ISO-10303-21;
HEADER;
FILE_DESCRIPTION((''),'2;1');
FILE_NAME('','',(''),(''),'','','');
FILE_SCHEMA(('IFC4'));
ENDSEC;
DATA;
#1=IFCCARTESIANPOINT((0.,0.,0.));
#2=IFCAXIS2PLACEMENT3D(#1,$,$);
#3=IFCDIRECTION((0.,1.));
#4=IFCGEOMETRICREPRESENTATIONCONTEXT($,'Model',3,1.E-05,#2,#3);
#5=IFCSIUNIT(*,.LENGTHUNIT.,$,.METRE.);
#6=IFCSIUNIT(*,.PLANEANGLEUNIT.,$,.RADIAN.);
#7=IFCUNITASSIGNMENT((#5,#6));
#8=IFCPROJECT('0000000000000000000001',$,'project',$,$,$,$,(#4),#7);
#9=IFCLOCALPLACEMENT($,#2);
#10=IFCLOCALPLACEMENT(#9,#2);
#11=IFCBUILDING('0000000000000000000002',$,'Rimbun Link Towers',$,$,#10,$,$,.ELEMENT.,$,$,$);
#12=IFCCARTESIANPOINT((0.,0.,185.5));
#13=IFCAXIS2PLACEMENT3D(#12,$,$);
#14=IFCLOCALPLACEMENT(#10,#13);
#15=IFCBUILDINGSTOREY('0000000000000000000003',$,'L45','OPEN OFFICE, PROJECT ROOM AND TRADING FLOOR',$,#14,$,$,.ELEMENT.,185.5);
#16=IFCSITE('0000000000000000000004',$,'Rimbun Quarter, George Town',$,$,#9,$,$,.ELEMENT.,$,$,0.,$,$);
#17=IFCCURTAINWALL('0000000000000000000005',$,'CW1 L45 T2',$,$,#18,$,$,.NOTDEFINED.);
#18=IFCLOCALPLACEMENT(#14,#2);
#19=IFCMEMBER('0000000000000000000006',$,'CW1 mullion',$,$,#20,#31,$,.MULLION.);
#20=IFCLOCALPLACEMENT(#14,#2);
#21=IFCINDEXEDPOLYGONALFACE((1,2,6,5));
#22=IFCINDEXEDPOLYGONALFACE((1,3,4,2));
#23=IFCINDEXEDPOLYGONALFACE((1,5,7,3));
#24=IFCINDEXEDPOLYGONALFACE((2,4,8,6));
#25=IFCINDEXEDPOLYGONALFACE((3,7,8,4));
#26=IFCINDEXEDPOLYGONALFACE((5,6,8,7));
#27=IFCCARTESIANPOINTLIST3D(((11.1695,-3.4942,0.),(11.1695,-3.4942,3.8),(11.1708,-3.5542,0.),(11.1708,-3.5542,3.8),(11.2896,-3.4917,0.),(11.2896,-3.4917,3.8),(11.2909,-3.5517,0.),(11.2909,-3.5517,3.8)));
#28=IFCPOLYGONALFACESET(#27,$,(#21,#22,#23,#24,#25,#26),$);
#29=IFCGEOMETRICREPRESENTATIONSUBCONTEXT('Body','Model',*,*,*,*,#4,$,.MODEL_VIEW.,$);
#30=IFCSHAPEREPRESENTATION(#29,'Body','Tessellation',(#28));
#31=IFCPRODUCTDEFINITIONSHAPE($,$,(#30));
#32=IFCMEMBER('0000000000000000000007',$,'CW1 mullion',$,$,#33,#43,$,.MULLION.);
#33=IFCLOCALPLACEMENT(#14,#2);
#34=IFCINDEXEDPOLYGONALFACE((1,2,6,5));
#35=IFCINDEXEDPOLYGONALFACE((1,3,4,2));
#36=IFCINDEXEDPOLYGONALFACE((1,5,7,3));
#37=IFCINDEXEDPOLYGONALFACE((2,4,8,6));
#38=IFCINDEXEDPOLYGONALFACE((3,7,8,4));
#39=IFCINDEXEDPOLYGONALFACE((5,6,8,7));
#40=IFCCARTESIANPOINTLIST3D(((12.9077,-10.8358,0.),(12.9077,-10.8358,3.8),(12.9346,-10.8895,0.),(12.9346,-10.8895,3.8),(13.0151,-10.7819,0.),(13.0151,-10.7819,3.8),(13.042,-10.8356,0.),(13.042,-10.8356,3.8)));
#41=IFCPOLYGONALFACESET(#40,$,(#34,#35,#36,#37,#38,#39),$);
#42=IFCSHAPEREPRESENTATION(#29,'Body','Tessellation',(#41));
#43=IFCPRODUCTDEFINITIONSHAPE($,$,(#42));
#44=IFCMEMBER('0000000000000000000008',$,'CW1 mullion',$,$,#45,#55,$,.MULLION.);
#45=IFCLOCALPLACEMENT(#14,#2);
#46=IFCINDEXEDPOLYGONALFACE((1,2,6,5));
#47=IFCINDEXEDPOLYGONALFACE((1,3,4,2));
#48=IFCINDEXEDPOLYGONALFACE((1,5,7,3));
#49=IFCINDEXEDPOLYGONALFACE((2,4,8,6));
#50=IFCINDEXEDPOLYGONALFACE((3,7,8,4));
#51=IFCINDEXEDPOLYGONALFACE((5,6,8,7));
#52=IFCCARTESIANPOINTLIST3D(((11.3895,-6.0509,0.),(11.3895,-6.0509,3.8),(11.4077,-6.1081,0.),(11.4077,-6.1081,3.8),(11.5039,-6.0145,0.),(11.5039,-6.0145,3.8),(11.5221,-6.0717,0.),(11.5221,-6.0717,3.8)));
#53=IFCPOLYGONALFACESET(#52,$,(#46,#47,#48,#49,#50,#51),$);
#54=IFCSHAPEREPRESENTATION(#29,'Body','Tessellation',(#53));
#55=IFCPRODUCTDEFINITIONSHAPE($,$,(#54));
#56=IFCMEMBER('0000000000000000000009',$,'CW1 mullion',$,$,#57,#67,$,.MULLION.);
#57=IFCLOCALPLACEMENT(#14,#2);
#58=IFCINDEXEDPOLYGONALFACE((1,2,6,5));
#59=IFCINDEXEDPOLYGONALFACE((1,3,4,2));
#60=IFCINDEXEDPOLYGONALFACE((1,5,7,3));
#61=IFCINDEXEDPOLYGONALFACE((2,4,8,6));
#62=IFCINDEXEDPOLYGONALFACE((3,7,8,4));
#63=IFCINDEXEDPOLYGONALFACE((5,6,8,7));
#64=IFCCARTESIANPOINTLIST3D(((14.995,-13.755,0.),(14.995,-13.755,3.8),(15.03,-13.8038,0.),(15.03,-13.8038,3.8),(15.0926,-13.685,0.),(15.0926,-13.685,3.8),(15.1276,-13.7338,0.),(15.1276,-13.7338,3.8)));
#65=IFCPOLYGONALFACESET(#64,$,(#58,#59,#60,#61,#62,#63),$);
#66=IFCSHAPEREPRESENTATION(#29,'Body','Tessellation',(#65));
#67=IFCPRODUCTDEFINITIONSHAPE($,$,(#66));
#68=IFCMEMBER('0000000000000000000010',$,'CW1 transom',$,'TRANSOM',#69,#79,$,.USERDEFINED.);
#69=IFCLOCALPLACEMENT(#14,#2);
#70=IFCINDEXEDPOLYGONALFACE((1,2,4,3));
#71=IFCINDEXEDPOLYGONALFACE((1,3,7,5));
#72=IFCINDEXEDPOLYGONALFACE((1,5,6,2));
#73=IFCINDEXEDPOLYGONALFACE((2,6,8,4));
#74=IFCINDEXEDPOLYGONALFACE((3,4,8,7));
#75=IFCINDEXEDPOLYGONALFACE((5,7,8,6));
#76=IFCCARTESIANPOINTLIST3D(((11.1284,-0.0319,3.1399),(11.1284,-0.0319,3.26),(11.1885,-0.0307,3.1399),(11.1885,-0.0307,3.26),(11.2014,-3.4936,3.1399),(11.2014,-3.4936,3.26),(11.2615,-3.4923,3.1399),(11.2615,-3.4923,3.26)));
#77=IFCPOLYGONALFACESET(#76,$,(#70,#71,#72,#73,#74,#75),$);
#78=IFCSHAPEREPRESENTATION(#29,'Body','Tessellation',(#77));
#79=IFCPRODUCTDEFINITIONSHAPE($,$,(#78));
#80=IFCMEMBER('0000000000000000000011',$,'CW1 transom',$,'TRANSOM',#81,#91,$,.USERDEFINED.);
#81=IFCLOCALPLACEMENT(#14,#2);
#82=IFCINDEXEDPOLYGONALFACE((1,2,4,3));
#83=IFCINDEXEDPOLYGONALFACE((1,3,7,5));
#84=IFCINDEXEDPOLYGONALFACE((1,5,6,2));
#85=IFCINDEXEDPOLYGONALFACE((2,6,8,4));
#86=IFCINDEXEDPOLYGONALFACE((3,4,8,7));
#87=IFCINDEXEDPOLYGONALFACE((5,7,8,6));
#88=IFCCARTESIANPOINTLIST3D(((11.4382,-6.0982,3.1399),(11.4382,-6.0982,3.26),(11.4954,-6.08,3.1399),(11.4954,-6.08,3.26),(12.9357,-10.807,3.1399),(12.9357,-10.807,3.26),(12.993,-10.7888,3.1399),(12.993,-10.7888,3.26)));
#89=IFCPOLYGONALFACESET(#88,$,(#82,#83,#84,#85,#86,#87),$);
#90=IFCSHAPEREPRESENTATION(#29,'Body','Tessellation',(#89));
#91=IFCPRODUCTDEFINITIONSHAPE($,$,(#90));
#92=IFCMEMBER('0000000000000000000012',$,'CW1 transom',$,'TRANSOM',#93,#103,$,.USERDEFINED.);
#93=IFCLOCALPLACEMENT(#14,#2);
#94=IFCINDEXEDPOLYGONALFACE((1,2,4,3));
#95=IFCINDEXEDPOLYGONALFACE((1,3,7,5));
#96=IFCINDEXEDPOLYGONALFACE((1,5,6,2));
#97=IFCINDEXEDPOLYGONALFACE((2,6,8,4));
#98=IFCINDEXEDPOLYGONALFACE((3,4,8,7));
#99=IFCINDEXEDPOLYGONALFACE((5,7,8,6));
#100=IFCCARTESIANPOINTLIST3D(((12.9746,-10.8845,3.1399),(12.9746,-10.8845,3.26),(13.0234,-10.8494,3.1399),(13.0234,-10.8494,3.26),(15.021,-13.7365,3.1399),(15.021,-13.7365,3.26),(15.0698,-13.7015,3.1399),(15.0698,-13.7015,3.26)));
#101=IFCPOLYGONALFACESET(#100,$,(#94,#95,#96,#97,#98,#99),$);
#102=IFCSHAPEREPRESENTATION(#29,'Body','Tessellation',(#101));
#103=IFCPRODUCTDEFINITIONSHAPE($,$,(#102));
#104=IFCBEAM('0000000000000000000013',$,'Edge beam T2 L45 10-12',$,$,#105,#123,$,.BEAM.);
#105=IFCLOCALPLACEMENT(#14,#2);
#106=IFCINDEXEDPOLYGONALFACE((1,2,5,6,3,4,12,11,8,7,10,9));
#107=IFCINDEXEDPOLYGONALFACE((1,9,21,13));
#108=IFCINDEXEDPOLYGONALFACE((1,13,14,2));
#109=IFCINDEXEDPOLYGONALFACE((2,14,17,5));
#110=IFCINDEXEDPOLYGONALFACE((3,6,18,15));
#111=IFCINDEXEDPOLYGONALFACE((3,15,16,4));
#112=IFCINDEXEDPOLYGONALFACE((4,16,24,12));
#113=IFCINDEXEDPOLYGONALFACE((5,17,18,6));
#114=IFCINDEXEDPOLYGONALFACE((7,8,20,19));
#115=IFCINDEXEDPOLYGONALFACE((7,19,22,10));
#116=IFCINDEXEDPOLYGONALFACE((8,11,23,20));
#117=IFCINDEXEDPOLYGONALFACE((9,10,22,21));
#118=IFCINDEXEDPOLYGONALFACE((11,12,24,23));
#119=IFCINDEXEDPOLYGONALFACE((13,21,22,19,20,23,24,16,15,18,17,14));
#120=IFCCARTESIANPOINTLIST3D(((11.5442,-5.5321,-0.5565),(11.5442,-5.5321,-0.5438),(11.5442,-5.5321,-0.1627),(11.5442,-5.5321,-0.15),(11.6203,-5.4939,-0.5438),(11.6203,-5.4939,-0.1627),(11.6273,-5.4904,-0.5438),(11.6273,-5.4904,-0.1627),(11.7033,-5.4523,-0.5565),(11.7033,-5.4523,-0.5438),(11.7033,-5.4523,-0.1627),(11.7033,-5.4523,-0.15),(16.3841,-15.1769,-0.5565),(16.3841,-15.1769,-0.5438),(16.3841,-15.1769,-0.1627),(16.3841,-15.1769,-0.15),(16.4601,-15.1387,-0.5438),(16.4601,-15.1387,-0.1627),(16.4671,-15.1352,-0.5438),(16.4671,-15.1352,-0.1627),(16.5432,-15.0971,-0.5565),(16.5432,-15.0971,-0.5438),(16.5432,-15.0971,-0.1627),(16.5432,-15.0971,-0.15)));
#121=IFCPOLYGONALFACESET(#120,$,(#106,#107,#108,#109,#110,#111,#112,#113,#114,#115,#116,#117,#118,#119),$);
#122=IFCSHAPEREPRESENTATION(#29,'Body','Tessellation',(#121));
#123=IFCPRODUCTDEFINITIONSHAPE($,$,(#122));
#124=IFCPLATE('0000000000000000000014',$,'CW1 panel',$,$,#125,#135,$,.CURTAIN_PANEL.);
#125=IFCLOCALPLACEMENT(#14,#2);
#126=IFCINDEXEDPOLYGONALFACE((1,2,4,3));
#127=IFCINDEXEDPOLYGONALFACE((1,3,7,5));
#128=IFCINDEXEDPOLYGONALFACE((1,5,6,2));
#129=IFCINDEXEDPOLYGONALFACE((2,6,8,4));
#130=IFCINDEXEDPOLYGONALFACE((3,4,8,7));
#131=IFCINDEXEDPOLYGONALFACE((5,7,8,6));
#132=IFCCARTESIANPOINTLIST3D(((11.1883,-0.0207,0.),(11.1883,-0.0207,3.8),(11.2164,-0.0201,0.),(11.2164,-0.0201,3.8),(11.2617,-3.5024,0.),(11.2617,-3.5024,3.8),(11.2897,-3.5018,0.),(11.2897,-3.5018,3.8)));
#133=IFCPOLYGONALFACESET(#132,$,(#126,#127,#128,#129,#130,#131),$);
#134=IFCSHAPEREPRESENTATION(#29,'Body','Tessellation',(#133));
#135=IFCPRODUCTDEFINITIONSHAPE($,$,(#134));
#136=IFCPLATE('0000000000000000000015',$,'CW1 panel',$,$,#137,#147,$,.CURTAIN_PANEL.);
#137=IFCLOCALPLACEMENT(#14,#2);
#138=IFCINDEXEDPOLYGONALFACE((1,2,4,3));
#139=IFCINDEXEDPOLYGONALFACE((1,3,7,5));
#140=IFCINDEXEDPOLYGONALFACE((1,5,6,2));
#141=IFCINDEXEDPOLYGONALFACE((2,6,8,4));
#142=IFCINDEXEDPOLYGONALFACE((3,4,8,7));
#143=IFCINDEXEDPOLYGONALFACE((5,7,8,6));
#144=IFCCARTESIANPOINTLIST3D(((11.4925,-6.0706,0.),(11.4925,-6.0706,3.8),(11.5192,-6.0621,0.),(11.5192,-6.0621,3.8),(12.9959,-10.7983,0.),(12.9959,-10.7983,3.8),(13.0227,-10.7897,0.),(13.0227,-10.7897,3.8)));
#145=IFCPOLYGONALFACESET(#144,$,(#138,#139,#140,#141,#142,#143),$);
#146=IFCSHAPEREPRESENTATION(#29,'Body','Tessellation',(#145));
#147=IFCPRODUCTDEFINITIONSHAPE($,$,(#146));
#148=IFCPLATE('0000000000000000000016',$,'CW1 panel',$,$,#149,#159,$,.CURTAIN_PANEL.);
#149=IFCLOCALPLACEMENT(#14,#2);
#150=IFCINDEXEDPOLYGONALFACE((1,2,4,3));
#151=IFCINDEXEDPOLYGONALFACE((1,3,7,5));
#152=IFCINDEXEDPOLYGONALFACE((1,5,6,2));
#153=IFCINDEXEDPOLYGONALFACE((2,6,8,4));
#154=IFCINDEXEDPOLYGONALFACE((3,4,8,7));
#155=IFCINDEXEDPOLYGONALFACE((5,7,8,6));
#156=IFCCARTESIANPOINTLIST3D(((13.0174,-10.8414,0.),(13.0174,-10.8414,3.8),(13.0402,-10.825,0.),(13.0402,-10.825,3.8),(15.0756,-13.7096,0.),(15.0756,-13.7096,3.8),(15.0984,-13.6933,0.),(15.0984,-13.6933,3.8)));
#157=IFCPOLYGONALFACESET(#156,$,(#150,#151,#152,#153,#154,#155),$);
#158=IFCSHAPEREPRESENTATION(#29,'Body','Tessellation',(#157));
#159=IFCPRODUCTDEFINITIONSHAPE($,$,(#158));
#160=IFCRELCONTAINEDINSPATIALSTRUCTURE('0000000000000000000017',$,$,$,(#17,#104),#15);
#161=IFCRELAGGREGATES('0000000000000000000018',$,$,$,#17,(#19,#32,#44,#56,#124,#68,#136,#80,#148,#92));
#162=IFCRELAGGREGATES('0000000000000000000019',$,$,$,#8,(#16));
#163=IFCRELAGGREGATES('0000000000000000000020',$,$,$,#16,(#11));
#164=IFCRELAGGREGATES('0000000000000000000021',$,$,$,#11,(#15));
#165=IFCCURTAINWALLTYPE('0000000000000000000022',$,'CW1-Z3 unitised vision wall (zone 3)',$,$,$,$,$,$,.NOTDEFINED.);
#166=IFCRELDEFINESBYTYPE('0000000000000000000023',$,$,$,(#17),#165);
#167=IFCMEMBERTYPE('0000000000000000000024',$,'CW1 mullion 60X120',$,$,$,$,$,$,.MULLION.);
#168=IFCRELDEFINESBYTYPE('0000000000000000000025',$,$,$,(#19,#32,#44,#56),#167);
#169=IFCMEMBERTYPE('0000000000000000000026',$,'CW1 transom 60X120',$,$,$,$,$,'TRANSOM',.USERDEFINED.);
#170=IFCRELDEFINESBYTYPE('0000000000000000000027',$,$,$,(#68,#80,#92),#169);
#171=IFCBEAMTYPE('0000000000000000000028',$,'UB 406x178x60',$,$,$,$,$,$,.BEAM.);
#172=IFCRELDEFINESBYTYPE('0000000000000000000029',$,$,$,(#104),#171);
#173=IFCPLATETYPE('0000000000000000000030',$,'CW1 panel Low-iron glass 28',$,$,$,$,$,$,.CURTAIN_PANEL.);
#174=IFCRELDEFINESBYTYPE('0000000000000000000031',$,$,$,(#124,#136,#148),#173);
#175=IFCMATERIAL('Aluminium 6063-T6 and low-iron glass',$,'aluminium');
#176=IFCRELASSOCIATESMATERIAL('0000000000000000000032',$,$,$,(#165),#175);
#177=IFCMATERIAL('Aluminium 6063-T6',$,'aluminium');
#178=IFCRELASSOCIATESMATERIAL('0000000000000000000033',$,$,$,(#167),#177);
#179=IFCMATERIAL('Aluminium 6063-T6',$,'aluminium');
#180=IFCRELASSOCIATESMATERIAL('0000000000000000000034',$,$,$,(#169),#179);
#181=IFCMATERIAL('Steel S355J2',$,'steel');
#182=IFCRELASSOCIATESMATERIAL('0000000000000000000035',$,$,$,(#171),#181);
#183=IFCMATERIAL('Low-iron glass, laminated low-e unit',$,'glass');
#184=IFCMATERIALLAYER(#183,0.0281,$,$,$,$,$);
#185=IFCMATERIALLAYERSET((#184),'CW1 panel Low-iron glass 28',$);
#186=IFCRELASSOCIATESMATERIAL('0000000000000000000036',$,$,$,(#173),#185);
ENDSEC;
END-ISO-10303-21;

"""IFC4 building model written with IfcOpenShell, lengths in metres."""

from ifc_helpers import new_model, si_unit, direction, frame, origin, origin_2d, place, context, subcontext, project, spatial, rectangle, i_section, extrude, material, layer, layer_set, material_profile, profile_set, type_object, element, aggregate, save


model = new_model("IFC4")

# Units and contexts
model_context = context("Model", 3, precision=1e-05, world=origin(), true_north=direction((0.0, 1.0)))
body_context = subcontext(model_context, "Body", "Model", "MODEL_VIEW")
ifc_project = project(units=[si_unit("LENGTHUNIT", "METRE"), si_unit("PLANEANGLEUNIT", "RADIAN")], contexts=[model_context])

# Site, building, storey
site_placement = place(None, origin())
site = spatial("IfcSite", under=ifc_project, at=site_placement, Name="Rimbun Quarter, George Town", CompositionType="ELEMENT", RefElevation=0.0)
building_placement = place(site_placement, origin())
building = spatial("IfcBuilding", under=site, at=building_placement, Name="Rimbun Link Towers", CompositionType="ELEMENT")
storey_placement = place(building_placement, frame((0.0, 0.0, 185.5)))
storey = spatial("IfcBuildingStorey", under=building, at=storey_placement, Name="L45", Description="OPEN OFFICE, PROJECT ROOM AND TRADING FLOOR", CompositionType="ELEMENT", Elevation=185.5)

# Curtain wall, members
ifc_material_1 = material(Name="Aluminium 6063-T6 and low-iron glass", Category="aluminium")
curtain_wall_type = type_object("IfcCurtainWallType", Name="CW1-Z3 unitised vision wall (zone 3)", PredefinedType="NOTDEFINED", material=ifc_material_1)
curtain_wall_placement = place(storey_placement, origin())
curtain_wall = element("IfcCurtainWall", 1, at=curtain_wall_placement, inside=storey, type_object=curtain_wall_type, Name="CW1 L45 T2", PredefinedType="NOTDEFINED")
ifc_material_2 = material(Name="Aluminium 6063-T6", Category="aluminium")
ifc_material_profile_1 = material_profile(ifc_material_2, rectangle(XDim=0.1201, YDim=0.0601, at=origin_2d()), Name="MULLION 60X120")
ifc_profile_set_1 = profile_set([ifc_material_profile_1], Name="Aluminium 6063-T6")
member_type_1 = type_object("IfcMemberType", Name="CW1 mullion 60X120", PredefinedType="MULLION", material=ifc_profile_set_1)
member_1_placement = place(storey_placement, frame((11.2302, -3.5229, 0.0), z_axis=(0.0, 0.0, 1.0), x_axis=(-0.999778, -0.021069, 0.0)))
member_1 = element("IfcMember", 2, at=member_1_placement, type_object=member_type_1, Name="CW1 mullion", PredefinedType="MULLION", context=body_context, shape_type="SweptSolid", body=[
    extrude(rectangle(XDim=0.1201, YDim=0.0601, at=origin_2d()), origin(), (0.0, 0.0, 1.0), 3.8),
])
member_2_placement = place(storey_placement, frame((12.9749, -10.8357, 0.0), z_axis=(0.0, 0.0, 1.0), x_axis=(-0.893748, -0.44857, 0.0)))
member_2 = element("IfcMember", 3, at=member_2_placement, type_object=member_type_1, Name="CW1 mullion", PredefinedType="MULLION", context=body_context, shape_type="SweptSolid", body=[
    extrude(rectangle(XDim=0.1201, YDim=0.0601, at=origin_2d()), origin(), (0.0, 0.0, 1.0), 3.8),
])
member_3_placement = place(storey_placement, frame((11.4558, -6.0613, 0.0), z_axis=(0.0, 0.0, 1.0), x_axis=(-0.952974, -0.303053, 0.0)))
member_3 = element("IfcMember", 4, at=member_3_placement, type_object=member_type_1, Name="CW1 mullion", PredefinedType="MULLION", context=body_context, shape_type="SweptSolid", body=[
    extrude(rectangle(XDim=0.1201, YDim=0.0601, at=origin_2d()), origin(), (0.0, 0.0, 1.0), 3.8),
])
member_4_placement = place(storey_placement, frame((15.0613, -13.7444, 0.0), z_axis=(0.0, 0.0, 1.0), x_axis=(-0.812461, -0.583015, 0.0)))
member_4 = element("IfcMember", 5, at=member_4_placement, type_object=member_type_1, Name="CW1 mullion", PredefinedType="MULLION", context=body_context, shape_type="SweptSolid", body=[
    extrude(rectangle(XDim=0.1201, YDim=0.0601, at=origin_2d()), origin(), (0.0, 0.0, 1.0), 3.8),
])
ifc_material_3 = material(Name="Aluminium 6063-T6", Category="aluminium")
ifc_material_profile_2 = material_profile(ifc_material_3, rectangle(XDim=0.0601, YDim=0.1201, at=origin_2d()), Name="TRANSOM 60X120")
ifc_profile_set_2 = profile_set([ifc_material_profile_2], Name="Aluminium 6063-T6")
member_type_2 = type_object("IfcMemberType", Name="CW1 transom 60X120", ElementType="TRANSOM", PredefinedType="USERDEFINED", material=ifc_profile_set_2)
member_5_placement = place(storey_placement, frame((11.2314, -3.4929, 3.2), z_axis=(-0.021083, 0.999778, 0.0), x_axis=(-0.999778, -0.021083, 0.0)))
member_5 = element("IfcMember", 6, at=member_5_placement, type_object=member_type_2, Name="CW1 transom", ObjectType="TRANSOM", PredefinedType="USERDEFINED", context=body_context, shape_type="SweptSolid", body=[
    extrude(rectangle(XDim=0.0601, YDim=0.1201, at=origin_2d()), origin(), (0.0, 0.0, 1.0), 3.4624),
])
member_6_placement = place(storey_placement, frame((12.9644, -10.7979, 3.2), z_axis=(-0.303079, 0.952965, 0.0), x_axis=(-0.952965, -0.303079, 0.0)))
member_6 = element("IfcMember", 7, at=member_6_placement, type_object=member_type_2, Name="CW1 transom", ObjectType="TRANSOM", PredefinedType="USERDEFINED", context=body_context, shape_type="SweptSolid", body=[
    extrude(rectangle(XDim=0.0601, YDim=0.1201, at=origin_2d()), origin(), (0.0, 0.0, 1.0), 4.9412),
])
member_7_placement = place(storey_placement, frame((15.0454, -13.719, 3.2), z_axis=(-0.582974, 0.812491, 0.0), x_axis=(-0.812491, -0.582974, 0.0)))
member_7 = element("IfcMember", 8, at=member_7_placement, type_object=member_type_2, Name="CW1 transom", ObjectType="TRANSOM", PredefinedType="USERDEFINED", context=body_context, shape_type="SweptSolid", body=[
    extrude(rectangle(XDim=0.0601, YDim=0.1201, at=origin_2d()), origin(), (0.0, 0.0, 1.0), 3.5103),
])

# Beam
ifc_material_4 = material(Name="Steel S355J2", Category="steel")
ifc_material_profile_3 = material_profile(ifc_material_4, i_section(OverallWidth=0.178, OverallDepth=0.4065, WebThickness=0.0078, FlangeThickness=0.0127, at=origin_2d()), Name="UB 406x178x60")
ifc_profile_set_3 = profile_set([ifc_material_profile_3], Name="Steel S355J2")
beam_type = type_object("IfcBeamType", Name="UB 406x178x60", PredefinedType="BEAM", material=ifc_profile_set_3)
beam_placement = place(storey_placement, frame((11.6238, -5.4922, -0.3533), z_axis=(0.448507, -0.893779, 0.0), x_axis=(0.893779, 0.448507, 0.0)))
element("IfcBeam", 9, at=beam_placement, inside=storey, type_object=beam_type, Name="Edge beam T2 L45 10-12", PredefinedType="BEAM", context=body_context, shape_type="SweptSolid", body=[
    extrude(i_section(OverallWidth=0.178, OverallDepth=0.4065, WebThickness=0.0078, FlangeThickness=0.0127, at=origin_2d()), origin(), (0.0, 0.0, 1.0), 10.791),
])

# Plates
ifc_material_5 = material(Name="Low-iron glass, laminated low-e unit", Category="glass")
ifc_layer_1 = layer(ifc_material_5, 0.0281)
ifc_layer_set_1 = layer_set([ifc_layer_1], Name="CW1 panel Low-iron glass 28")
plate_type = type_object("IfcPlateType", Name="CW1 panel Low-iron glass 28", PredefinedType="CURTAIN_PANEL", material=ifc_layer_set_1)
plate_1_placement = place(storey_placement, frame((11.239, -1.7612, 0.0), z_axis=(0.0, 0.0, 1.0), x_axis=(-0.021069, 0.999778, 0.0)))
plate_1 = element("IfcPlate", 10, at=plate_1_placement, type_object=plate_type, Name="CW1 panel", PredefinedType="CURTAIN_PANEL", context=body_context, shape_type="SweptSolid", body=[
    extrude(rectangle(XDim=3.4824, YDim=0.0281, at=origin_2d()), origin(), (0.0, 0.0, 1.0), 3.8),
])
plate_2_placement = place(storey_placement, frame((12.2576, -8.4302, 0.0), z_axis=(0.0, 0.0, 1.0), x_axis=(-0.303053, 0.952974, 0.0)))
plate_2 = element("IfcPlate", 11, at=plate_2_placement, type_object=plate_type, Name="CW1 panel", PredefinedType="CURTAIN_PANEL", context=body_context, shape_type="SweptSolid", body=[
    extrude(rectangle(XDim=4.9609, YDim=0.0281, at=origin_2d()), origin(), (0.0, 0.0, 1.0), 3.8),
])
plate_3_placement = place(storey_placement, frame((14.0579, -12.2673, 0.0), z_axis=(0.0, 0.0, 1.0), x_axis=(-0.583015, 0.812461, 0.0)))
plate_3 = element("IfcPlate", 12, at=plate_3_placement, type_object=plate_type, Name="CW1 panel", PredefinedType="CURTAIN_PANEL", context=body_context, shape_type="SweptSolid", body=[
    extrude(rectangle(XDim=3.5303, YDim=0.0281, at=origin_2d()), origin(), (0.0, 0.0, 1.0), 3.8),
])
aggregate(curtain_wall, [member_1, member_2, member_3, member_4, plate_1, member_5, plate_2, member_6, plate_3, member_7])

save(model, "model.ifc")
